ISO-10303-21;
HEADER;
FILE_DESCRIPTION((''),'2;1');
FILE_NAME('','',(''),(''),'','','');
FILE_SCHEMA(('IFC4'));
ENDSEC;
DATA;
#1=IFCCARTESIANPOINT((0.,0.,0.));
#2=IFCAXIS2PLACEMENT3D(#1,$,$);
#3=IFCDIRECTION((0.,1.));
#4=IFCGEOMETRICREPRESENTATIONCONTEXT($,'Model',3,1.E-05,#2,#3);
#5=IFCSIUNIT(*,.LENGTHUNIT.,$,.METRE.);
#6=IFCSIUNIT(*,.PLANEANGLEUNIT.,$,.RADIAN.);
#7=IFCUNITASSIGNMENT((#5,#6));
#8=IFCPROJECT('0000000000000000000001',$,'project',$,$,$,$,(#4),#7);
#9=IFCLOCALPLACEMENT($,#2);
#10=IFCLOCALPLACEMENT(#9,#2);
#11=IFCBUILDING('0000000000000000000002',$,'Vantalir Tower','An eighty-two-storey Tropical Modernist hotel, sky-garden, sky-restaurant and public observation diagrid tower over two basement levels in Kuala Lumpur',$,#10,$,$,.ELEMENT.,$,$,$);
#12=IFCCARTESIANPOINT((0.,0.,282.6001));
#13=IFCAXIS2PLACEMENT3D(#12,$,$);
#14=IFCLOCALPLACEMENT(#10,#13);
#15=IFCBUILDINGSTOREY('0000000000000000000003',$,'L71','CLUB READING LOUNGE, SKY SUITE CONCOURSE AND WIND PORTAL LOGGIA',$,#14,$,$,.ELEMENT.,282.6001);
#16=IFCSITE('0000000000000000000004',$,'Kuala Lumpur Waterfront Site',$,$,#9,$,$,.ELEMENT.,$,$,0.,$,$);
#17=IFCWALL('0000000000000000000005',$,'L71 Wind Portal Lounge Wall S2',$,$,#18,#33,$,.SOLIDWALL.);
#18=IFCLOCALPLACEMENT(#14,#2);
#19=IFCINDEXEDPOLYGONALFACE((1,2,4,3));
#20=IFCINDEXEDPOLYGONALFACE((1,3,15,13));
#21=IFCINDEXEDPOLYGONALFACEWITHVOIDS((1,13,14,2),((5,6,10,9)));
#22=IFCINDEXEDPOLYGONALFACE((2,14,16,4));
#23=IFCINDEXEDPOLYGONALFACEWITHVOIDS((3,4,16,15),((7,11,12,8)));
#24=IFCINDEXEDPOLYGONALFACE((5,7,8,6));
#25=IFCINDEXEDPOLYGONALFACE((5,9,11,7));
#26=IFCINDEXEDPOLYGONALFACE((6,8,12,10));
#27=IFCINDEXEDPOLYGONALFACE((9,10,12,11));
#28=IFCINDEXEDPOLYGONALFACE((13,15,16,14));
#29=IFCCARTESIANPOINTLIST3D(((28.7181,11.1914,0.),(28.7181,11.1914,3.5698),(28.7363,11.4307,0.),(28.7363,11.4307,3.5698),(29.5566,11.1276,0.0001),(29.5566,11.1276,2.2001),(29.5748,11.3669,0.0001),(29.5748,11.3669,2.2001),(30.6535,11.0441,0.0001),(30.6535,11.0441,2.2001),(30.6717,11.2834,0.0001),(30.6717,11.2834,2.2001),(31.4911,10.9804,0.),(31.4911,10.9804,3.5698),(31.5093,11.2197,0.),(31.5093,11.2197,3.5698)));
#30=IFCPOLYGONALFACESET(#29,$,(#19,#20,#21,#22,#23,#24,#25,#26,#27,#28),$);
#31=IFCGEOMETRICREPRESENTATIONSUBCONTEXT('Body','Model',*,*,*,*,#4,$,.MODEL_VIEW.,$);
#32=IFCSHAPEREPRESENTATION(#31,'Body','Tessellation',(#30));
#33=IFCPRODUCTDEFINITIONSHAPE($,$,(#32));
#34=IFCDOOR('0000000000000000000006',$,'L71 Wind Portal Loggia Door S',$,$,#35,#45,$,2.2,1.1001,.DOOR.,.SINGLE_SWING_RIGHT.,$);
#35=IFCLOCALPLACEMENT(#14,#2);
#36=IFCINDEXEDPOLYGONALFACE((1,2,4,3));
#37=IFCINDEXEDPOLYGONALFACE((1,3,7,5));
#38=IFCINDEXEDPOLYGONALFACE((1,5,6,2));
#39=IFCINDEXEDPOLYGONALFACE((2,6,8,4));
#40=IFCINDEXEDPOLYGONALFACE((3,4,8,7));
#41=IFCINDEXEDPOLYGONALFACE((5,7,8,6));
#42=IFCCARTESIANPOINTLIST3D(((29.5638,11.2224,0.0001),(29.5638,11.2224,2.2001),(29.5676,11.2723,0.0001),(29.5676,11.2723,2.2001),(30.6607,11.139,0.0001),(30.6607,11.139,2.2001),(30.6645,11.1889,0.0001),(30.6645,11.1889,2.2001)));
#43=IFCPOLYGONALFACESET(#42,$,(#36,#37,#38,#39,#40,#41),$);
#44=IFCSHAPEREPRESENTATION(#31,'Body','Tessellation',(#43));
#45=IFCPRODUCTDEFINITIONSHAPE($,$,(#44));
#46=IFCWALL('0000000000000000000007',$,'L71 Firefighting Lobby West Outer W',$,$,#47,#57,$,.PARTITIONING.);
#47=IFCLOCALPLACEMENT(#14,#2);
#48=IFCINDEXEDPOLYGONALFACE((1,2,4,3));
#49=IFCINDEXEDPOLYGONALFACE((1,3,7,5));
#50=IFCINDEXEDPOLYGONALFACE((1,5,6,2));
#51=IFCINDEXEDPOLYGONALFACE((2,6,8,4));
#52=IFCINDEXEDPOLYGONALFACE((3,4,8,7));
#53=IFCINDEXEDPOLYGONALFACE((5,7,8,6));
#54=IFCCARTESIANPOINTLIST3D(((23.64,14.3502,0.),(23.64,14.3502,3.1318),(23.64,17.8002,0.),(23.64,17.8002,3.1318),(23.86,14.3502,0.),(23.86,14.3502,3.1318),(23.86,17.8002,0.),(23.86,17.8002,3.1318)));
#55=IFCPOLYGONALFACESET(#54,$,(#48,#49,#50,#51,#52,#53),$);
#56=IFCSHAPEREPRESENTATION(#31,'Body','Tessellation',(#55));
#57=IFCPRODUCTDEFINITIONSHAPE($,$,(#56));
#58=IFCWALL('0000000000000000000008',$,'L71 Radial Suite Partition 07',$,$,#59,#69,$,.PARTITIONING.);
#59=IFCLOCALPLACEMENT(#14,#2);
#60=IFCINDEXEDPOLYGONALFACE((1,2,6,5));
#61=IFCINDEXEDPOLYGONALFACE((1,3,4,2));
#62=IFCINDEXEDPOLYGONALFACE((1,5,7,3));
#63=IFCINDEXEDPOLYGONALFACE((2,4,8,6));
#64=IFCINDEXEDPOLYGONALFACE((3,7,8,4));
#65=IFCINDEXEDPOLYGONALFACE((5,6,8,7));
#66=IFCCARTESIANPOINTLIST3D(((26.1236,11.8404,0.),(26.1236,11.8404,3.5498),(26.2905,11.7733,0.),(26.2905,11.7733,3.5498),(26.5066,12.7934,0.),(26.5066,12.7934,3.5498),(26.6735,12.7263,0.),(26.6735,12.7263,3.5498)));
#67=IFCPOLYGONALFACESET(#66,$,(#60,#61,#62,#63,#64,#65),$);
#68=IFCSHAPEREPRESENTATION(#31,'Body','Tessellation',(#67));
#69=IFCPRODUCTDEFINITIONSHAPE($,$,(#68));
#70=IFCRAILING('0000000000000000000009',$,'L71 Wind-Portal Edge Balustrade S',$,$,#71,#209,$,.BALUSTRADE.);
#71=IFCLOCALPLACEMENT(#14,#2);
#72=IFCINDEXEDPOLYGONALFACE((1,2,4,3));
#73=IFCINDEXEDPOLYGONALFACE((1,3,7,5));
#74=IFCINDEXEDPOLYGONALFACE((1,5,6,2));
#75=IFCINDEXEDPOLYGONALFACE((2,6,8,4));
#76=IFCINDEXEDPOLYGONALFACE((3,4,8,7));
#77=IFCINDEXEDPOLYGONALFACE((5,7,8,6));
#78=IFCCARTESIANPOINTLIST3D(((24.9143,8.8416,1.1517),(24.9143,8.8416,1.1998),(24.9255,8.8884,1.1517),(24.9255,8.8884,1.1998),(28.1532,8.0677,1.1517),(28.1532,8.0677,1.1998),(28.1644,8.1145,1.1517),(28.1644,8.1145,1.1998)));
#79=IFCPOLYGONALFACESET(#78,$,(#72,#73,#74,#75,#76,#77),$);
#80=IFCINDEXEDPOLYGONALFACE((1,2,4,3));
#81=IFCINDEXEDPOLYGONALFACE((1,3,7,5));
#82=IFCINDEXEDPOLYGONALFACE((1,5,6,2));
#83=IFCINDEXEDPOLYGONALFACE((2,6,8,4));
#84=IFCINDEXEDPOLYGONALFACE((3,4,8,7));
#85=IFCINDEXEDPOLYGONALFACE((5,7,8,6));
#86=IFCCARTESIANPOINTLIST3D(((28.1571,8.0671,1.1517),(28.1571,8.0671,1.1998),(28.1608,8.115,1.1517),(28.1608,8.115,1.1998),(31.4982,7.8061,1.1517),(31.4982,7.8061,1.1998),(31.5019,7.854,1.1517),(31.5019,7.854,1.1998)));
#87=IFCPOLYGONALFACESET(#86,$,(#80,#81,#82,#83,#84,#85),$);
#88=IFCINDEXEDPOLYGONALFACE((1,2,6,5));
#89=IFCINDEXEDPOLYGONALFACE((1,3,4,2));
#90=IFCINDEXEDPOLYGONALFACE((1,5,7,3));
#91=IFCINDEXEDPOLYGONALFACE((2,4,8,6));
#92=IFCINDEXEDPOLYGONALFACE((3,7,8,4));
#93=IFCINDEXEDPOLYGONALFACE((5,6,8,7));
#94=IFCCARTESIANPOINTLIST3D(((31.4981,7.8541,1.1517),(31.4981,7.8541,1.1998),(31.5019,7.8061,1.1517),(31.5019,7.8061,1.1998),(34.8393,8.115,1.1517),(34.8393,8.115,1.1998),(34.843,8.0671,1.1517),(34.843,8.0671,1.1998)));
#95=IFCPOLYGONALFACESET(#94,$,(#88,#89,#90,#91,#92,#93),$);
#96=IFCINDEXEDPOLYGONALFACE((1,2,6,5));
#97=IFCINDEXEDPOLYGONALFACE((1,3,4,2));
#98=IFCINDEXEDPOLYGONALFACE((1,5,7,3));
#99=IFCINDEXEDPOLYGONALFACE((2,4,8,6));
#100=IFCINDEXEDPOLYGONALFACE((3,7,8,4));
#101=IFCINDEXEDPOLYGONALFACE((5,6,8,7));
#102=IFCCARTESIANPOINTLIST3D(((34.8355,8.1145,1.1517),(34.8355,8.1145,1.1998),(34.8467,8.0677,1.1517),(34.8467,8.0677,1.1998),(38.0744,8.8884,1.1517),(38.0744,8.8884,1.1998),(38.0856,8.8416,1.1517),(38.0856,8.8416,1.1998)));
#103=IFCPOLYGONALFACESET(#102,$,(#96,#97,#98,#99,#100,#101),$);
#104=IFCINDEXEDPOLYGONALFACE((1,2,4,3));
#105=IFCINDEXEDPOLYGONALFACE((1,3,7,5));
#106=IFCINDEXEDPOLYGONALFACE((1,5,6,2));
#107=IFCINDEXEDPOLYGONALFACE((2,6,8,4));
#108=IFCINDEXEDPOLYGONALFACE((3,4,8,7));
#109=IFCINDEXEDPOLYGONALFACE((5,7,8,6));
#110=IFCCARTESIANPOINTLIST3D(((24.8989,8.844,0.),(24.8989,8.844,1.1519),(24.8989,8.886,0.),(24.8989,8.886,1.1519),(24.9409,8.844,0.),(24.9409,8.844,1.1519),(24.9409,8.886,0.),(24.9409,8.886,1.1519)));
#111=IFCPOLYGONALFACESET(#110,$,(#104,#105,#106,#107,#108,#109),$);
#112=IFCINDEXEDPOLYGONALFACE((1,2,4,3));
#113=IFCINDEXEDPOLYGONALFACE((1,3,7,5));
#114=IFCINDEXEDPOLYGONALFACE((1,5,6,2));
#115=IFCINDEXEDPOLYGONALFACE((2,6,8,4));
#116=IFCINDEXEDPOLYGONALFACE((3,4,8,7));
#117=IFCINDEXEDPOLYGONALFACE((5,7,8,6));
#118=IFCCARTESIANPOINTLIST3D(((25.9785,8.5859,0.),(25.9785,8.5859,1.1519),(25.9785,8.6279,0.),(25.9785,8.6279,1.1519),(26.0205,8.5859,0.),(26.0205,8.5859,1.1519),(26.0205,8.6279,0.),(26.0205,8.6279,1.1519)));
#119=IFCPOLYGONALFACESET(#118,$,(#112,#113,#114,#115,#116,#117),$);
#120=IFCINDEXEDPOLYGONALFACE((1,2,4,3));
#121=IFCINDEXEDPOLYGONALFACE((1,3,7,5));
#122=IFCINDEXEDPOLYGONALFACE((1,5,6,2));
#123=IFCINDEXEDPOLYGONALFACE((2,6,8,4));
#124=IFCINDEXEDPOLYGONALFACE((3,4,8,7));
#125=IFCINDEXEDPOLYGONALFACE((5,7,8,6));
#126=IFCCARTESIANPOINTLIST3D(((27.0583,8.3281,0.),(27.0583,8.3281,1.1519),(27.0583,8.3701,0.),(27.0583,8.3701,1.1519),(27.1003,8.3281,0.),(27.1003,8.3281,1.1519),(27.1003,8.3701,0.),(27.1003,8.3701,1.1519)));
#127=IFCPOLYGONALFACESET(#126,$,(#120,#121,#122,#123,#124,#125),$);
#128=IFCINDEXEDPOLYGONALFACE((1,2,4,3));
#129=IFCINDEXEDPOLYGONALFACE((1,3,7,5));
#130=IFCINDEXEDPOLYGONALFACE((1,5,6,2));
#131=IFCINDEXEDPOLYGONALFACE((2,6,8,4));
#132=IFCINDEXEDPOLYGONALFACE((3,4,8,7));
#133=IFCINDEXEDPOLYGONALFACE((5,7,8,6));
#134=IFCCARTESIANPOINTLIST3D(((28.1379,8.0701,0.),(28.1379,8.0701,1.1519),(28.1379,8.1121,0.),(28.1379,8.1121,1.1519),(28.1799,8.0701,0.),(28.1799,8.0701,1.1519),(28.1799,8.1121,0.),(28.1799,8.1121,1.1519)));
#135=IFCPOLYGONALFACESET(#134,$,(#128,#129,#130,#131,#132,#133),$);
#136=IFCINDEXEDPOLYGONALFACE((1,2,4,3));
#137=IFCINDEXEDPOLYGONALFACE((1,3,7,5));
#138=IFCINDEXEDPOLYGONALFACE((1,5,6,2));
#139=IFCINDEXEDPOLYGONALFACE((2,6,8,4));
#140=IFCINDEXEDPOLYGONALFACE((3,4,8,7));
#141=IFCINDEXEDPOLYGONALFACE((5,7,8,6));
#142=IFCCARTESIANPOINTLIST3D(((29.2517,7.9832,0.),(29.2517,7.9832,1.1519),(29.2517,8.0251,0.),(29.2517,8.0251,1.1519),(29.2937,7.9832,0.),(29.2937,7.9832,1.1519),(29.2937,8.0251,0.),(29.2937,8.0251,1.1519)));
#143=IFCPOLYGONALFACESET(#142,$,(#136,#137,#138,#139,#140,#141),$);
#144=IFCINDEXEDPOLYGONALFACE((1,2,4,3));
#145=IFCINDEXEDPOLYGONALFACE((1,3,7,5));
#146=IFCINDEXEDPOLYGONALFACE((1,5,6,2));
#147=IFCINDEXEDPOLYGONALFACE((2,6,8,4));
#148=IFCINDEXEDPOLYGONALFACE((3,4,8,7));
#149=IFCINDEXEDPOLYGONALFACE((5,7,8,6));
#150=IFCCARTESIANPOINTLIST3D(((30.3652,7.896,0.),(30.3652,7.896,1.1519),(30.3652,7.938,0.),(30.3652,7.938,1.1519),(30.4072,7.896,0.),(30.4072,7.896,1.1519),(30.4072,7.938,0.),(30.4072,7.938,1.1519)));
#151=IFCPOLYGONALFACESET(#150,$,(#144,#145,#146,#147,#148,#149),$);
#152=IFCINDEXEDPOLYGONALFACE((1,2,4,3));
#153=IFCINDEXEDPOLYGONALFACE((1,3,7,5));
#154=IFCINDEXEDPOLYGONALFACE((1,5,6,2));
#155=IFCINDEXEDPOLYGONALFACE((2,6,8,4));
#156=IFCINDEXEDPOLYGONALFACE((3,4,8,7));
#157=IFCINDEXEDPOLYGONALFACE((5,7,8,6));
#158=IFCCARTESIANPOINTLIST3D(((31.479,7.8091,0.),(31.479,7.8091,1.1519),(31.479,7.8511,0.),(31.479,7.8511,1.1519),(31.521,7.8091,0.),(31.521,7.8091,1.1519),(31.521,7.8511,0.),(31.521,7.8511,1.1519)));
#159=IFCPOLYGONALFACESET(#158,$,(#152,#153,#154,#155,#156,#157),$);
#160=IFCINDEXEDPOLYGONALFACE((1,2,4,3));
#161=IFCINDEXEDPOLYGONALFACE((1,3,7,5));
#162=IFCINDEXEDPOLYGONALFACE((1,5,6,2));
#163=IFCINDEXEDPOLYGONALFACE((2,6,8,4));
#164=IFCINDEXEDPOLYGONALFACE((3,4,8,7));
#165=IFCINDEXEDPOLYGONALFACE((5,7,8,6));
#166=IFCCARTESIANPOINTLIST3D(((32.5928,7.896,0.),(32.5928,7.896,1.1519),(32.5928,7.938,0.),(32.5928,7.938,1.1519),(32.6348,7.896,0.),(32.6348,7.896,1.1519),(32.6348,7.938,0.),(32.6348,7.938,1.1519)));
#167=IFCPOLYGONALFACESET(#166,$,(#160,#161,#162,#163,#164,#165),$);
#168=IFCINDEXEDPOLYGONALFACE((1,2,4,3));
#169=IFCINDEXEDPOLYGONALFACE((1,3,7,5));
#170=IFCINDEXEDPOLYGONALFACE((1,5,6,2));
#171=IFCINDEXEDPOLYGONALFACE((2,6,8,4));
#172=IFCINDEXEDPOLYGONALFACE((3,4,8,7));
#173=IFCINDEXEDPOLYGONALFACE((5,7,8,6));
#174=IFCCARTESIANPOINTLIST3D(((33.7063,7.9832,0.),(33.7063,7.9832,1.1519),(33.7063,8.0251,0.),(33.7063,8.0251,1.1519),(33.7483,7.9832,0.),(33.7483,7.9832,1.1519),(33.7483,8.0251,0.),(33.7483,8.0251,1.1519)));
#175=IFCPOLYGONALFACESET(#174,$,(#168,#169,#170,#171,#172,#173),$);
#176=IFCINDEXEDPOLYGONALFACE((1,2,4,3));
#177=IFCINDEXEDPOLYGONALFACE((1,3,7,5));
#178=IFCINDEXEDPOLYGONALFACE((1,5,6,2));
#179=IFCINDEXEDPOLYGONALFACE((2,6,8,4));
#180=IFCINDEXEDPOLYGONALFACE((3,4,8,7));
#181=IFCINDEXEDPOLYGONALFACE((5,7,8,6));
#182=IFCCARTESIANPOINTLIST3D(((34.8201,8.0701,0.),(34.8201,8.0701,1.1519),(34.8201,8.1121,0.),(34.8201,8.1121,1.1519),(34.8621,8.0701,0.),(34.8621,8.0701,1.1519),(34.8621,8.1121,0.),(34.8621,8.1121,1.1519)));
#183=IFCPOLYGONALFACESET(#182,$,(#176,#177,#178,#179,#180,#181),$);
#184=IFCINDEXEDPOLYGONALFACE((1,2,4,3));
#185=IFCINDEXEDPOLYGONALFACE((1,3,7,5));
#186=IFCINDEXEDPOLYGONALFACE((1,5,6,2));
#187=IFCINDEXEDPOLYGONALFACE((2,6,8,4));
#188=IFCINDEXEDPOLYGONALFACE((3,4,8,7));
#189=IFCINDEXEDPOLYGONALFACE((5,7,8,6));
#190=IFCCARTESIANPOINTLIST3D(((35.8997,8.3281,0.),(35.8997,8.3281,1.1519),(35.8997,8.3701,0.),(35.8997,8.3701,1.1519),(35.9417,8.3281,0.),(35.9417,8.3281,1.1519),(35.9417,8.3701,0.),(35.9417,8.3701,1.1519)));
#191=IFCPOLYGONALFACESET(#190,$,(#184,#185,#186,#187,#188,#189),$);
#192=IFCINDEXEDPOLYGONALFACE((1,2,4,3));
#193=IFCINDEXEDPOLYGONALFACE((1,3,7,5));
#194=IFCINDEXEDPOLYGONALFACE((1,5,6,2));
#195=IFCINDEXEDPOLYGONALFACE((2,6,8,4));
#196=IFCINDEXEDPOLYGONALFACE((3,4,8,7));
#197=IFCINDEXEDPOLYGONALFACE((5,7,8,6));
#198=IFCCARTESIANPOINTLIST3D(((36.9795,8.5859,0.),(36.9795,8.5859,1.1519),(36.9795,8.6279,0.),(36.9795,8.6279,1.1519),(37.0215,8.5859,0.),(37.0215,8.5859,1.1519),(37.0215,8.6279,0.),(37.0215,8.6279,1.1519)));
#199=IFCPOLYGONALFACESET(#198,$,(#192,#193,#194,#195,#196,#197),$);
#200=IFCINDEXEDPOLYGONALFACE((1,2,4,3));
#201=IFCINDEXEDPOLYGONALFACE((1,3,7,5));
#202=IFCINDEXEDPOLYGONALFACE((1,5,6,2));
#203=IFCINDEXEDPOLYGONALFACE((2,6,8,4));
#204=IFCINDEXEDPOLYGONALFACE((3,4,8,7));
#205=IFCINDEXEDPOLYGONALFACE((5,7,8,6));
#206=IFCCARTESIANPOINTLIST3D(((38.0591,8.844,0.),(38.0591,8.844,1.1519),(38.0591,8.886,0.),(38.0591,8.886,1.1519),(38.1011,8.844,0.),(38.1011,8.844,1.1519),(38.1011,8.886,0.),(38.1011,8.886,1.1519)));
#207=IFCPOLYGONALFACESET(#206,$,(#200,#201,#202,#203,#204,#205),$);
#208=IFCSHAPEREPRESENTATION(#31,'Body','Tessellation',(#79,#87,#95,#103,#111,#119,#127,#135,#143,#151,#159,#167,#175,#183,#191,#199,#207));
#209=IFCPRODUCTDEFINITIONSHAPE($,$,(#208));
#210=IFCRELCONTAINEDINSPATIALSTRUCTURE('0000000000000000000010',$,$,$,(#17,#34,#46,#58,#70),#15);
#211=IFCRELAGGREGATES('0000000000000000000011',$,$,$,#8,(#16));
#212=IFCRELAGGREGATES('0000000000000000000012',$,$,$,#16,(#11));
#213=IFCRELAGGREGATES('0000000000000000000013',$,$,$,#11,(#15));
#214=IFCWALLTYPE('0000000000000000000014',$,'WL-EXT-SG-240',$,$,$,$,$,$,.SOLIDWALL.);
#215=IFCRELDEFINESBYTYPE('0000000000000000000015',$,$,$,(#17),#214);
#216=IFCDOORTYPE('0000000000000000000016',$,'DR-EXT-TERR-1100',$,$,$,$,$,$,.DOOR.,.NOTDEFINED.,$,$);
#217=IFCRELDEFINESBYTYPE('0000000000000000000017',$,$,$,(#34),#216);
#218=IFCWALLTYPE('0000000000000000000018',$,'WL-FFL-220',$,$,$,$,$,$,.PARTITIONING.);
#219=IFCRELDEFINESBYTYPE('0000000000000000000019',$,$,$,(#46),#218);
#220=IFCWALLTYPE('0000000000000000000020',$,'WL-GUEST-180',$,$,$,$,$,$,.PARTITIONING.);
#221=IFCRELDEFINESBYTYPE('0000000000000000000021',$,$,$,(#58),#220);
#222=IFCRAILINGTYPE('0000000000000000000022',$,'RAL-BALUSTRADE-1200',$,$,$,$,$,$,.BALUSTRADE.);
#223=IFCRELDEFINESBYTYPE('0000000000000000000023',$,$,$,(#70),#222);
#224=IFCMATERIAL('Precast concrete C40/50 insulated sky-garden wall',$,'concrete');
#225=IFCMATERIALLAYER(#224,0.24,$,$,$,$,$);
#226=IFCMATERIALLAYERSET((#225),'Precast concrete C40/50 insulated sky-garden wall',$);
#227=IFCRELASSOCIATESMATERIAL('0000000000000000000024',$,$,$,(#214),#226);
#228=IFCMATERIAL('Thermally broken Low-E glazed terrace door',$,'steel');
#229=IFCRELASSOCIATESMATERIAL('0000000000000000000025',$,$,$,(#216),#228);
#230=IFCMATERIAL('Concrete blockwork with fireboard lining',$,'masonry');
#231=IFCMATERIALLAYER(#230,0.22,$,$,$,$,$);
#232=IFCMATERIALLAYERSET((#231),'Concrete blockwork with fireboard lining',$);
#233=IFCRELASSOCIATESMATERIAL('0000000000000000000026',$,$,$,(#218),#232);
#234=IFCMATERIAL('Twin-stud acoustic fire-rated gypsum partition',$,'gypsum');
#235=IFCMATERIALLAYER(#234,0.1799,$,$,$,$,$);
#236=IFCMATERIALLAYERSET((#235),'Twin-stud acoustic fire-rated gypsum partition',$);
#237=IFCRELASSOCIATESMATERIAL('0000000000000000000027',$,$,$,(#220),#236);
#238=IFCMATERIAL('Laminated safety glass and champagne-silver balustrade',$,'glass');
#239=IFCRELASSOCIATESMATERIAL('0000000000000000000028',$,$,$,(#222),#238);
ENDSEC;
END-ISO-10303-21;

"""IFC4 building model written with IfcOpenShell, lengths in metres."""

from ifc_helpers import new_model, si_unit, direction, frame, frame_2d, origin, origin_2d, place, context, subcontext, project, spatial, rectangle, extrude, material, layer, layer_set, type_object, element, fill, save


model = new_model("IFC4")

# Units and contexts
model_context = context("Model", 3, precision=1e-05, world=origin(), true_north=direction((0.0, 1.0)))
body_context = subcontext(model_context, "Body", "Model", "MODEL_VIEW")
ifc_project = project(units=[si_unit("LENGTHUNIT", "METRE"), si_unit("PLANEANGLEUNIT", "RADIAN")], contexts=[model_context])

# Site, building, storey
site_placement = place(None, origin())
site = spatial("IfcSite", under=ifc_project, at=site_placement, Name="Kuala Lumpur Waterfront Site", CompositionType="ELEMENT", RefElevation=0.0)
building_placement = place(site_placement, origin())
building = spatial("IfcBuilding", under=site, at=building_placement, Name="Vantalir Tower", Description="An eighty-two-storey Tropical Modernist hotel, sky-garden, sky-restaurant and public observation diagrid tower over two basement levels in Kuala Lumpur", CompositionType="ELEMENT")
storey_placement = place(building_placement, frame((0.0, 0.0, 282.6001)))
storey = spatial("IfcBuildingStorey", under=building, at=storey_placement, Name="L71", Description="CLUB READING LOUNGE, SKY SUITE CONCOURSE AND WIND PORTAL LOGGIA", CompositionType="ELEMENT", Elevation=282.6001)

# Shared definitions
ifc_material_1 = material(Name="Precast concrete C40/50 insulated sky-garden wall", Category="concrete")
ifc_layer_1 = layer(ifc_material_1, 0.24)
ifc_layer_set_1 = layer_set([ifc_layer_1], Name="Precast concrete C40/50 insulated sky-garden wall")
wall_type_1 = type_object("IfcWallType", Name="WL-EXT-SG-240", PredefinedType="SOLIDWALL", material=ifc_layer_set_1)

# Wall, opening, door
wall_1_placement = place(storey_placement, frame((28.7271, 11.311, 0.0), z_axis=(0.0, 0.0, 1.0), x_axis=(0.997119, -0.075851, 0.0)))
wall_1 = element("IfcWall", 1, at=wall_1_placement, inside=storey, type_object=wall_type_1, Name="L71 Wind Portal Lounge Wall S2", PredefinedType="SOLIDWALL", context=body_context, shape_type="SweptSolid", body=[
    extrude(rectangle(XDim=2.781, YDim=0.24, at=frame_2d((1.3906, 0.0))), origin(), (0.0, 0.0, 1.0), 3.5698),
])
opening_1_placement = place(wall_1_placement, frame((0.8411, 0.0, 0.0)))
opening_1 = element("IfcOpeningElement", 2, at=opening_1_placement, cuts=wall_1, PredefinedType="OPENING", context=body_context, shape_type="SweptSolid", body=[
    extrude(rectangle(XDim=1.1001, YDim=2.2, at=frame_2d((0.55, 1.1001))), frame((0.0, 0.1299, 0.0), z_axis=(0.0, -1.0, 0.0), x_axis=(1.0, 0.0, 0.0)), (0.0, 0.0, 1.0), 0.26),
])
ifc_material_2 = material(Name="Thermally broken Low-E glazed terrace door", Category="steel")
door_type = type_object("IfcDoorType", Name="DR-EXT-TERR-1100", OperationType="NOTDEFINED", PredefinedType="DOOR", material=ifc_material_2)
door_placement = place(opening_1_placement, frame((1.1001, 0.0, 0.0), z_axis=(0.0, 0.0, 1.0), x_axis=(-1.0, 0.0, 0.0)))
door = element("IfcDoor", 3, at=door_placement, inside=storey, type_object=door_type, Name="L71 Wind Portal Loggia Door S", OperationType="SINGLE_SWING_RIGHT", OverallHeight=2.2, OverallWidth=1.1001, PredefinedType="DOOR", context=body_context, shape_type="SweptSolid", body=[
    extrude(rectangle(XDim=1.1001, YDim=2.2, at=frame_2d((0.55, 1.1001))), frame((0.0, 0.0249, 0.0), z_axis=(0.0, -1.0, 0.0), x_axis=(1.0, 0.0, 0.0)), (0.0, 0.0, 1.0), 0.05),
])
fill(opening_1, door)

# Walls
ifc_material_3 = material(Name="Concrete blockwork with fireboard lining", Category="masonry")
ifc_layer_2 = layer(ifc_material_3, 0.22)
ifc_layer_set_2 = layer_set([ifc_layer_2], Name="Concrete blockwork with fireboard lining")
wall_type_2 = type_object("IfcWallType", Name="WL-FFL-220", PredefinedType="PARTITIONING", material=ifc_layer_set_2)
wall_2_placement = place(storey_placement, frame((23.75, 14.3501, 0.0), z_axis=(0.0, 0.0, 1.0), x_axis=(0.0, 1.0, 0.0)))
element("IfcWall", 4, at=wall_2_placement, inside=storey, type_object=wall_type_2, Name="L71 Firefighting Lobby West Outer W", PredefinedType="PARTITIONING", context=body_context, shape_type="SweptSolid", body=[
    extrude(rectangle(XDim=3.45, YDim=0.22, at=frame_2d((1.7251, 0.0))), origin(), (0.0, 0.0, 1.0), 3.1318),
])
ifc_material_4 = material(Name="Twin-stud acoustic fire-rated gypsum partition", Category="gypsum")
ifc_layer_3 = layer(ifc_material_4, 0.1799)
ifc_layer_set_3 = layer_set([ifc_layer_3], Name="Twin-stud acoustic fire-rated gypsum partition")
wall_type_3 = type_object("IfcWallType", Name="WL-GUEST-180", PredefinedType="PARTITIONING", material=ifc_layer_set_3)
wall_3_placement = place(storey_placement, frame((26.5901, 12.76, 0.0), z_axis=(0.0, 0.0, 1.0), x_axis=(-0.372906, -0.927869, 0.0)))
element("IfcWall", 5, at=wall_3_placement, inside=storey, type_object=wall_type_3, Name="L71 Radial Suite Partition 07", PredefinedType="PARTITIONING", context=body_context, shape_type="SweptSolid", body=[
    extrude(rectangle(XDim=1.0271, YDim=0.1799, at=frame_2d((0.5137, 0.0))), origin(), (0.0, 0.0, 1.0), 3.5498),
])

# Railing
ifc_material_5 = material(Name="Laminated safety glass and champagne-silver balustrade", Category="glass")
railing_type = type_object("IfcRailingType", Name="RAL-BALUSTRADE-1200", PredefinedType="BALUSTRADE", material=ifc_material_5)
railing_placement = place(storey_placement, frame((24.9199, 8.865, 0.0)))
element("IfcRailing", 6, at=railing_placement, inside=storey, type_object=railing_type, Name="L71 Wind-Portal Edge Balustrade S", PredefinedType="BALUSTRADE", context=body_context, shape_type="SweptSolid", body=[
    extrude(rectangle(XDim=0.0481, YDim=0.0481, at=origin_2d()), frame((0.0, 0.0, 1.1758), z_axis=(0.972621, -0.232397, 0.0), x_axis=(0.232397, 0.972621, 0.0)), (0.0, 0.0, 1.0), 3.3301),
    extrude(rectangle(XDim=0.0481, YDim=0.0481, at=origin_2d()), frame((3.239, -0.7739, 1.1758), z_axis=(0.996963, -0.077877, 0.0), x_axis=(0.077877, 0.996963, 0.0)), (0.0, 0.0, 1.0), 3.3513),
    extrude(rectangle(XDim=0.0481, YDim=0.0481, at=origin_2d()), frame((6.5801, -1.0349, 1.1758), z_axis=(0.996963, 0.077877, 0.0), x_axis=(-0.077877, 0.996963, 0.0)), (0.0, 0.0, 1.0), 3.3513),
    extrude(rectangle(XDim=0.0481, YDim=0.0481, at=origin_2d()), frame((9.9211, -0.7739, 1.1758), z_axis=(0.972621, 0.232397, 0.0), x_axis=(-0.232397, 0.972621, 0.0)), (0.0, 0.0, 1.0), 3.3301),
    extrude(rectangle(XDim=0.042, YDim=0.042, at=origin_2d()), origin(), (0.0, 0.0, 1.0), 1.1519),
    extrude(rectangle(XDim=0.042, YDim=0.042, at=origin_2d()), frame((1.0796, -0.2581, 0.0)), (0.0, 0.0, 1.0), 1.1519),
    extrude(rectangle(XDim=0.042, YDim=0.042, at=origin_2d()), frame((2.1594, -0.5159, 0.0)), (0.0, 0.0, 1.0), 1.1519),
    extrude(rectangle(XDim=0.042, YDim=0.042, at=origin_2d()), frame((3.239, -0.7739, 0.0)), (0.0, 0.0, 1.0), 1.1519),
    extrude(rectangle(XDim=0.042, YDim=0.042, at=origin_2d()), frame((4.3528, -0.8608, 0.0)), (0.0, 0.0, 1.0), 1.1519),
    extrude(rectangle(XDim=0.042, YDim=0.042, at=origin_2d()), frame((5.4663, -0.948, 0.0)), (0.0, 0.0, 1.0), 1.1519),
    extrude(rectangle(XDim=0.042, YDim=0.042, at=origin_2d()), frame((6.5801, -1.0349, 0.0)), (0.0, 0.0, 1.0), 1.1519),
    extrude(rectangle(XDim=0.042, YDim=0.042, at=origin_2d()), frame((7.6938, -0.948, 0.0)), (0.0, 0.0, 1.0), 1.1519),
    extrude(rectangle(XDim=0.042, YDim=0.042, at=origin_2d()), frame((8.8074, -0.8608, 0.0)), (0.0, 0.0, 1.0), 1.1519),
    extrude(rectangle(XDim=0.042, YDim=0.042, at=origin_2d()), frame((9.9211, -0.7739, 0.0)), (0.0, 0.0, 1.0), 1.1519),
    extrude(rectangle(XDim=0.042, YDim=0.042, at=origin_2d()), frame((11.0007, -0.5159, 0.0)), (0.0, 0.0, 1.0), 1.1519),
    extrude(rectangle(XDim=0.042, YDim=0.042, at=origin_2d()), frame((12.0806, -0.2581, 0.0)), (0.0, 0.0, 1.0), 1.1519),
    extrude(rectangle(XDim=0.042, YDim=0.042, at=origin_2d()), frame((13.1602, 0.0, 0.0)), (0.0, 0.0, 1.0), 1.1519),
])

save(model, "model.ifc")
